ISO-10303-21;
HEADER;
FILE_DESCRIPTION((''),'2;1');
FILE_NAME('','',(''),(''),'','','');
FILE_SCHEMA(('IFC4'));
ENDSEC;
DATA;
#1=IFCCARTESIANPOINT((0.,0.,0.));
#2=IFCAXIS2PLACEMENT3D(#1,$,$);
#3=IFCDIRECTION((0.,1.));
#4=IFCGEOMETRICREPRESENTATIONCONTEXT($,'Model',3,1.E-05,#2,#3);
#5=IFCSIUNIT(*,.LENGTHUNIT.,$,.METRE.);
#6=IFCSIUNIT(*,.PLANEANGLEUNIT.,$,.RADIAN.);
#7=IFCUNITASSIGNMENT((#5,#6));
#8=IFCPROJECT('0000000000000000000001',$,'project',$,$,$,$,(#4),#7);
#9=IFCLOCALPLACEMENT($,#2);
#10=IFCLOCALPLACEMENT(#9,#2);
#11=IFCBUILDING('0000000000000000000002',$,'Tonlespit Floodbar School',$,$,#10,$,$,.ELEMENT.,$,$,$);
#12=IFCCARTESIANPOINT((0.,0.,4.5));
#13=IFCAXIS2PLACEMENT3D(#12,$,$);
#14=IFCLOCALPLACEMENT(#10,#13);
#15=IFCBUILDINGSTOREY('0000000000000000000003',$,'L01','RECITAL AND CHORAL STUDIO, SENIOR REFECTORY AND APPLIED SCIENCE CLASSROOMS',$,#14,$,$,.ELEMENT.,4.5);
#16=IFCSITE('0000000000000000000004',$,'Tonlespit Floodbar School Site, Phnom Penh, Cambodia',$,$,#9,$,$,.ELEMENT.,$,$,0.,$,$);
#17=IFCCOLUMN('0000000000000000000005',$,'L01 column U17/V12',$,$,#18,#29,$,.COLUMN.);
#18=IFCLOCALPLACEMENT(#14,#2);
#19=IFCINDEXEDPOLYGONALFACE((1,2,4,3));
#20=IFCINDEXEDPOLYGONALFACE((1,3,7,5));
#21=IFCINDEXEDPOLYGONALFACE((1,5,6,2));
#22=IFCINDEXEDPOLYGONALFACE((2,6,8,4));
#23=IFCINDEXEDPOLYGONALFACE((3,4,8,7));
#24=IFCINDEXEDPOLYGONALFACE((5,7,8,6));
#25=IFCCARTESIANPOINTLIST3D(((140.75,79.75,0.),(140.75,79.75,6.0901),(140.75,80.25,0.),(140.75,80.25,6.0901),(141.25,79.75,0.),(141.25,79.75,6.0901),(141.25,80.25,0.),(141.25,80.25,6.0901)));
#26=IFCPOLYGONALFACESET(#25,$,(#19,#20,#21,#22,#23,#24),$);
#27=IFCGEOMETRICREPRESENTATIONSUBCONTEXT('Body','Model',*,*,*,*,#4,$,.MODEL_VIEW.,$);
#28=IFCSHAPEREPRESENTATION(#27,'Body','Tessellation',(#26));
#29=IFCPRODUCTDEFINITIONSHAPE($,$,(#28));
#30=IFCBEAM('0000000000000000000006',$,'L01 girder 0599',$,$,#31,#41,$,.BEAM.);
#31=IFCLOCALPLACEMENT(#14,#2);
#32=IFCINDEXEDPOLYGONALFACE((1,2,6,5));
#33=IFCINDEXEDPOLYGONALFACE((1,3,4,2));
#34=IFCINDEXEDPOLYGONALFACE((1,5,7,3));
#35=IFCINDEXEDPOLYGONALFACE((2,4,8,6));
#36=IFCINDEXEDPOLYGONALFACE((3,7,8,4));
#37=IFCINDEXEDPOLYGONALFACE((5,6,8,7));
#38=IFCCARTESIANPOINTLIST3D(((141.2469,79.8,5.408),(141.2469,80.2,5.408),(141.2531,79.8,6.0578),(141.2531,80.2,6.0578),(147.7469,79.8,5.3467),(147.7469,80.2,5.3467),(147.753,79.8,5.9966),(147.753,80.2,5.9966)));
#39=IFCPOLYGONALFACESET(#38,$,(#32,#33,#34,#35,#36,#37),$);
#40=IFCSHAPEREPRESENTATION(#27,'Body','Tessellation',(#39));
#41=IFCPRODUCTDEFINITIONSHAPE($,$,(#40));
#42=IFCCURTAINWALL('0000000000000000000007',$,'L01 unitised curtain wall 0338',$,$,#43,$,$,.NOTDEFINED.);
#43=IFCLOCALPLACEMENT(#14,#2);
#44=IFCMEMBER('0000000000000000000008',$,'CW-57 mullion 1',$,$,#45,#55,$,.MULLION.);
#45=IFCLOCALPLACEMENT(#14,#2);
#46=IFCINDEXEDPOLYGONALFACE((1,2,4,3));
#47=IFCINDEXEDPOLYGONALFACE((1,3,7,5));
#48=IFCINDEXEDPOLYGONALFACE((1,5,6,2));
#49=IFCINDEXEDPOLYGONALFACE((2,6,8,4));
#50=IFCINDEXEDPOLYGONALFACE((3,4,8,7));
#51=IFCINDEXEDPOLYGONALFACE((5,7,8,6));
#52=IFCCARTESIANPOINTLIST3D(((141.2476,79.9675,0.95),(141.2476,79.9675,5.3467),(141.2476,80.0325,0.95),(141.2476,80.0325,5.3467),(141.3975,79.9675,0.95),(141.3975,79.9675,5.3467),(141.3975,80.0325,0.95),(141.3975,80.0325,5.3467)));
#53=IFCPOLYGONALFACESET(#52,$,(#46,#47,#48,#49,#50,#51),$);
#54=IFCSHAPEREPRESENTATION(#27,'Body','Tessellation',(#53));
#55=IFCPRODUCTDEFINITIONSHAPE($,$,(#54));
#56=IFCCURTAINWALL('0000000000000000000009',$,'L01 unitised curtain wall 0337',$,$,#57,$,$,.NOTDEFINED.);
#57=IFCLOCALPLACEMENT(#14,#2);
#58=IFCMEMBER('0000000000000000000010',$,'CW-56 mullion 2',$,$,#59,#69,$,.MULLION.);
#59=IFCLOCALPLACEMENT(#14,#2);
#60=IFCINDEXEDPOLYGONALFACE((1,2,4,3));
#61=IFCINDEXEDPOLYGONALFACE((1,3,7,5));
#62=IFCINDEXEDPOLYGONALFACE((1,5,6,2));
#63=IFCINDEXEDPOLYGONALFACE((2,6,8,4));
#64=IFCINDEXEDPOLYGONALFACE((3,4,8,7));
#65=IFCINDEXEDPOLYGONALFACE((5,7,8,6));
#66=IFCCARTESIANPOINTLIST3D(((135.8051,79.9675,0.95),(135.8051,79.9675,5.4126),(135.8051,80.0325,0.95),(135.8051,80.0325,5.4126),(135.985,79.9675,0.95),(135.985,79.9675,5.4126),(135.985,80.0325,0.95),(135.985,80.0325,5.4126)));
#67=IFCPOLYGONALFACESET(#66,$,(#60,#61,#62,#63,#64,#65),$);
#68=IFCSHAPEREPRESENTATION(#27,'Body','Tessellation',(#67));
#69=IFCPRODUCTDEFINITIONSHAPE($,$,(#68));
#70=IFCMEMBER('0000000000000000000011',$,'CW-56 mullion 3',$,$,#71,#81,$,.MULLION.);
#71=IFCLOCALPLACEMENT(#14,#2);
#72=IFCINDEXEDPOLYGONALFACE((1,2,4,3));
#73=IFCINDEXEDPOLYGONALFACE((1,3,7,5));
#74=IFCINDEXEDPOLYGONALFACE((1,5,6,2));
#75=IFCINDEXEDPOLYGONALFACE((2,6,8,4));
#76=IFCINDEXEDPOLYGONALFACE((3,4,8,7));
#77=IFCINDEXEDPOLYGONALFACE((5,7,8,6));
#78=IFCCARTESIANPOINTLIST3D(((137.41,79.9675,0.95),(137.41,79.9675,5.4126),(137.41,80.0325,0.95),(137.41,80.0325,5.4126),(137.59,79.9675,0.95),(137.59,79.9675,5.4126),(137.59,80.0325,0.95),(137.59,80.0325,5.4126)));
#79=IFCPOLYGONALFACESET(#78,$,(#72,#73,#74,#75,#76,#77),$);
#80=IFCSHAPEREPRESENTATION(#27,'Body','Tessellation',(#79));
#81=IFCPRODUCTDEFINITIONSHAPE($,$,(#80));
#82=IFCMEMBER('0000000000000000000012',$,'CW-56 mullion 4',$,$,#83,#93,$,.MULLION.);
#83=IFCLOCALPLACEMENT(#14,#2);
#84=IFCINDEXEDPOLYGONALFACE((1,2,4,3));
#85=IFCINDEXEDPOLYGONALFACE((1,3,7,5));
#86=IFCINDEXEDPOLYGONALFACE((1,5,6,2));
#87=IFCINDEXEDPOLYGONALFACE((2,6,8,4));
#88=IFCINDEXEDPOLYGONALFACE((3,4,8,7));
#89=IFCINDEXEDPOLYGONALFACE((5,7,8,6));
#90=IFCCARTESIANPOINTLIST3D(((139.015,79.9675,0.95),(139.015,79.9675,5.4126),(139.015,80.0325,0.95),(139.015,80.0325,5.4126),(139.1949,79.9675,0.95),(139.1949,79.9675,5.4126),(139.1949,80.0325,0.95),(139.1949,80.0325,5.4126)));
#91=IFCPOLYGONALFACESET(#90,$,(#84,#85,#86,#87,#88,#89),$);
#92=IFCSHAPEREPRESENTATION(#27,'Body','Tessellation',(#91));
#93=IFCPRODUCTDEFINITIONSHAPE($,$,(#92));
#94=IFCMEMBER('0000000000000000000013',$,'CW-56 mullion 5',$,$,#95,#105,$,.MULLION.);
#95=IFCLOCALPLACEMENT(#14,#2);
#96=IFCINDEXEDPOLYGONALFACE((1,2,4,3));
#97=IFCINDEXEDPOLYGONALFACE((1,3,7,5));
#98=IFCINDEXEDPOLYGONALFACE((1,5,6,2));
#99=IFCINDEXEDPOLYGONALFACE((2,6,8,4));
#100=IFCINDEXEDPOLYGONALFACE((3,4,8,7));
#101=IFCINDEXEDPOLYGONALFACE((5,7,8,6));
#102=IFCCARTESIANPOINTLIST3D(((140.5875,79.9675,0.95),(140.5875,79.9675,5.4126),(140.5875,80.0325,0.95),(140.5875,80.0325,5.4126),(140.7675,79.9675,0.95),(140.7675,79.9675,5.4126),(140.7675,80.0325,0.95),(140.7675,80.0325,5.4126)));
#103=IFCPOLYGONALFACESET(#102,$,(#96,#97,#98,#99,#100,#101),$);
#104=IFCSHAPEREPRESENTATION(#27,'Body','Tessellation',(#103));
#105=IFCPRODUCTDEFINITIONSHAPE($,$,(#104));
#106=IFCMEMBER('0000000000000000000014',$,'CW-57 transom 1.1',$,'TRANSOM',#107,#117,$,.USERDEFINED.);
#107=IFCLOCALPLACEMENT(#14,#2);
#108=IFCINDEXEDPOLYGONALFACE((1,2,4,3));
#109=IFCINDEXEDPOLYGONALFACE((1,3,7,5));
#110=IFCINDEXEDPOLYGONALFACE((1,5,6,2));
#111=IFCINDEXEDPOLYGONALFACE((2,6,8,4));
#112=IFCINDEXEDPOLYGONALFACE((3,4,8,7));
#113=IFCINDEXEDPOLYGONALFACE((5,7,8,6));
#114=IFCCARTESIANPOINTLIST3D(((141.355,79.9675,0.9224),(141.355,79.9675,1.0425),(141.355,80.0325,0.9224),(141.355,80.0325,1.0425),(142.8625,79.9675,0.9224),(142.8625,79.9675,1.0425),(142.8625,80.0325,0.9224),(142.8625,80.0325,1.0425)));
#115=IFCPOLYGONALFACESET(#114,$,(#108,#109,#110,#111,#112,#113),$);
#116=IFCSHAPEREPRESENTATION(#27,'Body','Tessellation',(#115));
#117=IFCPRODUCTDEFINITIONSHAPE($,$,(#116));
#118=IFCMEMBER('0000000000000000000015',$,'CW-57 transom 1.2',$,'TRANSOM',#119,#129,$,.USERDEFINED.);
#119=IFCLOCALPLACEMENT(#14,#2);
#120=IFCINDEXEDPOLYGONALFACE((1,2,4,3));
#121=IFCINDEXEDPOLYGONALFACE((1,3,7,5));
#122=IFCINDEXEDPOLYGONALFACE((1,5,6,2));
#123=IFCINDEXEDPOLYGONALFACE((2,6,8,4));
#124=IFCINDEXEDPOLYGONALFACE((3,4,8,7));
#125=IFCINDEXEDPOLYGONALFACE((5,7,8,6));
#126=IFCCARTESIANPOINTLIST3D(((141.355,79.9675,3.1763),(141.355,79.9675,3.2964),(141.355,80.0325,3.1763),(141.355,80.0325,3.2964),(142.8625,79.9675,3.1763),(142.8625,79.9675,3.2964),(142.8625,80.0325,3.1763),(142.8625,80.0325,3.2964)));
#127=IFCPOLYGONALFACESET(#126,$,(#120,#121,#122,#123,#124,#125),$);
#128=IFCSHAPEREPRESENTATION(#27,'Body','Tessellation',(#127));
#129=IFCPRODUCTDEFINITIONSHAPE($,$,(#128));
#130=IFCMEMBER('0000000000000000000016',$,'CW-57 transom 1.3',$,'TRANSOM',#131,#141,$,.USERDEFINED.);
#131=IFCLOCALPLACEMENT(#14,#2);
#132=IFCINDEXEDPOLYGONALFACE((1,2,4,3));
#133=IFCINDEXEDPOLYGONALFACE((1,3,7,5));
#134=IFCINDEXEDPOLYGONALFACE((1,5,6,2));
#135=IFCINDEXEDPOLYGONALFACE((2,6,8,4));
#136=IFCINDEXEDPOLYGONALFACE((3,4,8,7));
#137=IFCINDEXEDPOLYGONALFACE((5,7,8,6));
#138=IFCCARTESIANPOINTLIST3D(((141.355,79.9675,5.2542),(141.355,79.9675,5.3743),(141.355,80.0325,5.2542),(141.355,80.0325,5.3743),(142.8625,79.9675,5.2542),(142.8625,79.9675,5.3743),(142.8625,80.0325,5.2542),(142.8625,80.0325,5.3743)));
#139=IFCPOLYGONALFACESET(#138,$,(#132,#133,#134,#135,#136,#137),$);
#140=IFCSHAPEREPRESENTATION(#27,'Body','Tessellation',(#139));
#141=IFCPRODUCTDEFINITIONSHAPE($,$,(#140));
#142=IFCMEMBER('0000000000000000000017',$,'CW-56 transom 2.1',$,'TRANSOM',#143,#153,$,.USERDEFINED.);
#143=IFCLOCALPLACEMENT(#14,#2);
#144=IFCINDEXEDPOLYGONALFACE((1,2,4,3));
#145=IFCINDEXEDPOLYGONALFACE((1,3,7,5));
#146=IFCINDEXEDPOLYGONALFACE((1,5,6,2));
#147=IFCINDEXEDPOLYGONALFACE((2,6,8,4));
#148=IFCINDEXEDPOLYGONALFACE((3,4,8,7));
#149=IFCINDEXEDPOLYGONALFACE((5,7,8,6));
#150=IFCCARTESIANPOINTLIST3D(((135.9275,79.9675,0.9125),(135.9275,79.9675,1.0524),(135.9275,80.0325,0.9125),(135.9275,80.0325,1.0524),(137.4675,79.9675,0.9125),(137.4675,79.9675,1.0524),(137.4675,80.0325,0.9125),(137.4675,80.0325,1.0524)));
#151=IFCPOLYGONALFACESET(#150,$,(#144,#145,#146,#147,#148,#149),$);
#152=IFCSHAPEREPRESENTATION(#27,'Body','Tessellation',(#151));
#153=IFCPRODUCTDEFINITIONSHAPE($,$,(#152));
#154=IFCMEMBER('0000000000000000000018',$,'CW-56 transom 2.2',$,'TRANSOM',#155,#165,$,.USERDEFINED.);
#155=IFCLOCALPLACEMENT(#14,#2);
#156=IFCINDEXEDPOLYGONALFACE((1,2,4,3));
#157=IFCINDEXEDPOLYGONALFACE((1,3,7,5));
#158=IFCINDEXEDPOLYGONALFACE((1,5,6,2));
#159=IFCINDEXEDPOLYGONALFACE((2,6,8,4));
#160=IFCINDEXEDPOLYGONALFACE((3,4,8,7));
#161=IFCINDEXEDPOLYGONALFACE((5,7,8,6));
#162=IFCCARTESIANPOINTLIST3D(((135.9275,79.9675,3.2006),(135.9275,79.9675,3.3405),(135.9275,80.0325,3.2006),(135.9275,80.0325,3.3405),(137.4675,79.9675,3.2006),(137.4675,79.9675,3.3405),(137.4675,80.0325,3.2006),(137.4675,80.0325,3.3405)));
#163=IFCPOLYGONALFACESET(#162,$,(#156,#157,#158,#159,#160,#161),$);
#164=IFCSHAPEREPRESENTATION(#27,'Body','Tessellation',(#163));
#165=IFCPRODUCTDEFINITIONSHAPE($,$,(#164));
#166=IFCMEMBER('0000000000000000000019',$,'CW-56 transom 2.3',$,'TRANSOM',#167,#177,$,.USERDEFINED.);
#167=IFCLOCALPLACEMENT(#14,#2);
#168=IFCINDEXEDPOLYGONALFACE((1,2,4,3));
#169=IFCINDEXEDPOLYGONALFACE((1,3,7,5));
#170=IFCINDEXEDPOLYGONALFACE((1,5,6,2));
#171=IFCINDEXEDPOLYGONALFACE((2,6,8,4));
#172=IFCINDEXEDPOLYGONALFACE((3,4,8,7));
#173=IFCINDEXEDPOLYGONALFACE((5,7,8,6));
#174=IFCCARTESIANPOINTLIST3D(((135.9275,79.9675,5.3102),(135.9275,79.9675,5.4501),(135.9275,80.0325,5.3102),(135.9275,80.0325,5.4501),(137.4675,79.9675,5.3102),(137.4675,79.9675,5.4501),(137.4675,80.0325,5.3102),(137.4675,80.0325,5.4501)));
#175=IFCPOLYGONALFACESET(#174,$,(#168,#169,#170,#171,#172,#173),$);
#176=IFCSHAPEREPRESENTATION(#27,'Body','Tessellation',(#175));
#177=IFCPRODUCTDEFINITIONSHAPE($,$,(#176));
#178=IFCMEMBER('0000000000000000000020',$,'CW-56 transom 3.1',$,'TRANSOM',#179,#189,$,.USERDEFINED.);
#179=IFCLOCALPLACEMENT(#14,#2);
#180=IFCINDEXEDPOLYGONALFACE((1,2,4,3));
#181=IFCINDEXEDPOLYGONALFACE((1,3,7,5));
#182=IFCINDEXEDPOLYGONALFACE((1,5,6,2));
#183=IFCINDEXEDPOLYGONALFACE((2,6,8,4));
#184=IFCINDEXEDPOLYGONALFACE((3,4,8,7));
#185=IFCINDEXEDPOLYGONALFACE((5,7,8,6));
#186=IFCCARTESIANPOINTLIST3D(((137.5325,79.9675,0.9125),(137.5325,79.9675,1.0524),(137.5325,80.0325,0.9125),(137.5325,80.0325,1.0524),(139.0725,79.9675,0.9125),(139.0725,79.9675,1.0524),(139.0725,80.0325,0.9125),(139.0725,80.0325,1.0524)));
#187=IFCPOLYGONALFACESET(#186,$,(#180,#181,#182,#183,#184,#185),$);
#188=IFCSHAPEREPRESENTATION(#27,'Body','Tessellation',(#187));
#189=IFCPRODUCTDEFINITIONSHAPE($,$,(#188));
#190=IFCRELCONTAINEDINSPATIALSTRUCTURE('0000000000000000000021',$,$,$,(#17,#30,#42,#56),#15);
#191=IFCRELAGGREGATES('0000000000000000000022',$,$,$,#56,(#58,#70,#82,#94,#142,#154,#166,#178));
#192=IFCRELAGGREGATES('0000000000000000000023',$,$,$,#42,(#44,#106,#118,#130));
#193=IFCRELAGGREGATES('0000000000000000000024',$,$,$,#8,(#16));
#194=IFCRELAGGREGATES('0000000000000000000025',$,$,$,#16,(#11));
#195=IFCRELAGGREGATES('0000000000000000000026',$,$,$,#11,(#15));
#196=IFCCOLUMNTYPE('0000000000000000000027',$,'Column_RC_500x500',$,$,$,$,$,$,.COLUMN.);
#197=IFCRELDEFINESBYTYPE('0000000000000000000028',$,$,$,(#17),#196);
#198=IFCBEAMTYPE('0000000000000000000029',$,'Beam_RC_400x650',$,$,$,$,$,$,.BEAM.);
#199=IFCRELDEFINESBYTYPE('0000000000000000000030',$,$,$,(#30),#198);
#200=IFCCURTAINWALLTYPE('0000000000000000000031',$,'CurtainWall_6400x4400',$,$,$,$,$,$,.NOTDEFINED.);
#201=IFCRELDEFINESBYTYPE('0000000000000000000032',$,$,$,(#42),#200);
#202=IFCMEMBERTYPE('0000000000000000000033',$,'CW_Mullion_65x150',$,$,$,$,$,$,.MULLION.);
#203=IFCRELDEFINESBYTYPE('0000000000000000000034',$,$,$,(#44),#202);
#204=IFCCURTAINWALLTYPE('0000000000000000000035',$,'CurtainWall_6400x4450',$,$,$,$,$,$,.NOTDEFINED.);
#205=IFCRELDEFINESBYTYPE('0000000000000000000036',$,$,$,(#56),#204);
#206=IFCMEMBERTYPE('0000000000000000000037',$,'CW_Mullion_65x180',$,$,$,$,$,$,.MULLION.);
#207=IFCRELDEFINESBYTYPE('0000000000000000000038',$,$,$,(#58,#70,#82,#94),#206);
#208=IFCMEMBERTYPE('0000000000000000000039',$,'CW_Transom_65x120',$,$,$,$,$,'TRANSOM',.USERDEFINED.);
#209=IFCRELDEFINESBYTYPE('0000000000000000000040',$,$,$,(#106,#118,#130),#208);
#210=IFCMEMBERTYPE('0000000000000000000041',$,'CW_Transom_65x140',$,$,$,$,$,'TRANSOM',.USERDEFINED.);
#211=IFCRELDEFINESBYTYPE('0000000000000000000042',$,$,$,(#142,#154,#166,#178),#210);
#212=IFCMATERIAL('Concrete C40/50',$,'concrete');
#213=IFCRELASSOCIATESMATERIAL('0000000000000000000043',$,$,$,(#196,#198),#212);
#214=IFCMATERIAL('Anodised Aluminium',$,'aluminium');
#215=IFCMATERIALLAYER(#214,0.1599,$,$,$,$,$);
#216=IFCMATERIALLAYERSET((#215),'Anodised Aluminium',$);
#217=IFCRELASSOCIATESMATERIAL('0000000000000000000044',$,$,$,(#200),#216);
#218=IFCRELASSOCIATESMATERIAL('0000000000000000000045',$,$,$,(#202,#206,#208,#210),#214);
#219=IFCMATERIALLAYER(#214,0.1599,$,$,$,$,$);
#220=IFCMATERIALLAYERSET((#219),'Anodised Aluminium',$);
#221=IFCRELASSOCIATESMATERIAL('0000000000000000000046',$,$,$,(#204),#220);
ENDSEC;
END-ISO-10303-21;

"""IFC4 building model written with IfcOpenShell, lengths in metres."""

from ifc_helpers import new_model, si_unit, direction, frame, origin, origin_2d, place, context, subcontext, project, spatial, rectangle, extrude, material, layer, layer_set, material_profile, profile_set, type_object, element, aggregate, save


model = new_model("IFC4")

# Units and contexts
model_context = context("Model", 3, precision=1e-05, world=origin(), true_north=direction((0.0, 1.0)))
body_context = subcontext(model_context, "Body", "Model", "MODEL_VIEW")
ifc_project = project(units=[si_unit("LENGTHUNIT", "METRE"), si_unit("PLANEANGLEUNIT", "RADIAN")], contexts=[model_context])

# Site, building, storey
site_placement = place(None, origin())
site = spatial("IfcSite", under=ifc_project, at=site_placement, Name="Tonlespit Floodbar School Site, Phnom Penh, Cambodia", CompositionType="ELEMENT", RefElevation=0.0)
building_placement = place(site_placement, origin())
building = spatial("IfcBuilding", under=site, at=building_placement, Name="Tonlespit Floodbar School", CompositionType="ELEMENT")
storey_placement = place(building_placement, frame((0.0, 0.0, 4.5)))
storey = spatial("IfcBuildingStorey", under=building, at=storey_placement, Name="L01", Description="RECITAL AND CHORAL STUDIO, SENIOR REFECTORY AND APPLIED SCIENCE CLASSROOMS", CompositionType="ELEMENT", Elevation=4.5)

# Column
ifc_material_1 = material(Name="Concrete C40/50", Category="concrete")
ifc_material_profile_1 = material_profile(ifc_material_1, rectangle(XDim=0.5, YDim=0.5, at=origin_2d()), Name="RC 500x500")
ifc_profile_set_1 = profile_set([ifc_material_profile_1], Name="Concrete C40/50")
column_type = type_object("IfcColumnType", Name="Column_RC_500x500", PredefinedType="COLUMN", material=ifc_profile_set_1)
column_placement = place(storey_placement, frame((141.0, 80.0, 0.0), z_axis=(0.0, 0.0, 1.0), x_axis=(1.0, 0.0, 0.0)))
element("IfcColumn", 1, at=column_placement, inside=storey, type_object=column_type, Name="L01 column U17/V12", PredefinedType="COLUMN", context=body_context, shape_type="SweptSolid", body=[
    extrude(rectangle(XDim=0.5, YDim=0.5, at=origin_2d()), origin(), (0.0, 0.0, 1.0), 6.0901),
])

# Beam
ifc_material_profile_2 = material_profile(ifc_material_1, rectangle(XDim=0.3999, YDim=0.6499, at=origin_2d()), Name="RC 400x650")
ifc_profile_set_2 = profile_set([ifc_material_profile_2], Name="Concrete C40/50")
beam_type = type_object("IfcBeamType", Name="Beam_RC_400x650", PredefinedType="BEAM", material=ifc_profile_set_2)
beam_placement = place(storey_placement, frame((141.25, 80.0, 5.7329), z_axis=(0.999956, 0.0, -0.009427), x_axis=(0.0, 1.0, 0.0)))
element("IfcBeam", 2, at=beam_placement, inside=storey, type_object=beam_type, Name="L01 girder 0599", PredefinedType="BEAM", context=body_context, shape_type="SweptSolid", body=[
    extrude(rectangle(XDim=0.3999, YDim=0.6499, at=origin_2d()), origin(), (0.0, 0.0, 1.0), 6.5002),
])

# Curtain wall, member
ifc_material_2 = material(Name="Anodised Aluminium", Category="aluminium")
ifc_layer_1 = layer(ifc_material_2, 0.1599)
ifc_layer_set_1 = layer_set([ifc_layer_1], Name="Anodised Aluminium")
curtain_wall_type_1 = type_object("IfcCurtainWallType", Name="CurtainWall_6400x4400", PredefinedType="NOTDEFINED", material=ifc_layer_set_1)
curtain_wall_1_placement = place(storey_placement, origin())
curtain_wall_1 = element("IfcCurtainWall", 3, at=curtain_wall_1_placement, inside=storey, type_object=curtain_wall_type_1, Name="L01 unitised curtain wall 0338", PredefinedType="NOTDEFINED")
ifc_material_profile_3 = material_profile(ifc_material_2, rectangle(XDim=0.0649, YDim=0.1499, at=origin_2d()), Name="ALU M65x150")
ifc_profile_set_3 = profile_set([ifc_material_profile_3], Name="Anodised Aluminium")
member_type_1 = type_object("IfcMemberType", Name="CW_Mullion_65x150", PredefinedType="MULLION", material=ifc_profile_set_3)
member_1_placement = place(storey_placement, frame((141.3225, 80.0, 0.95), z_axis=(0.0, 0.0, 1.0), x_axis=(0.0, 1.0, 0.0)))
member_1 = element("IfcMember", 4, at=member_1_placement, type_object=member_type_1, Name="CW-57 mullion 1", PredefinedType="MULLION", context=body_context, shape_type="SweptSolid", body=[
    extrude(rectangle(XDim=0.0649, YDim=0.1499, at=origin_2d()), origin(), (0.0, 0.0, 1.0), 4.3967),
])

# Curtain wall, members
ifc_layer_2 = layer(ifc_material_2, 0.1599)
ifc_layer_set_2 = layer_set([ifc_layer_2], Name="Anodised Aluminium")
curtain_wall_type_2 = type_object("IfcCurtainWallType", Name="CurtainWall_6400x4450", PredefinedType="NOTDEFINED", material=ifc_layer_set_2)
curtain_wall_2_placement = place(storey_placement, origin())
curtain_wall_2 = element("IfcCurtainWall", 5, at=curtain_wall_2_placement, inside=storey, type_object=curtain_wall_type_2, Name="L01 unitised curtain wall 0337", PredefinedType="NOTDEFINED")
ifc_material_profile_4 = material_profile(ifc_material_2, rectangle(XDim=0.0649, YDim=0.1799, at=origin_2d()), Name="ALU M65x180")
ifc_profile_set_4 = profile_set([ifc_material_profile_4], Name="Anodised Aluminium")
member_type_2 = type_object("IfcMemberType", Name="CW_Mullion_65x180", PredefinedType="MULLION", material=ifc_profile_set_4)
member_2_placement = place(storey_placement, frame((135.895, 80.0, 0.95), z_axis=(0.0, 0.0, 1.0), x_axis=(0.0, 1.0, 0.0)))
member_2 = element("IfcMember", 6, at=member_2_placement, type_object=member_type_2, Name="CW-56 mullion 2", PredefinedType="MULLION", context=body_context, shape_type="SweptSolid", body=[
    extrude(rectangle(XDim=0.0649, YDim=0.1799, at=origin_2d()), origin(), (0.0, 0.0, 1.0), 4.4626),
])
member_3_placement = place(storey_placement, frame((137.5, 80.0, 0.95), z_axis=(0.0, 0.0, 1.0), x_axis=(0.0, 1.0, 0.0)))
member_3 = element("IfcMember", 7, at=member_3_placement, type_object=member_type_2, Name="CW-56 mullion 3", PredefinedType="MULLION", context=body_context, shape_type="SweptSolid", body=[
    extrude(rectangle(XDim=0.0649, YDim=0.1799, at=origin_2d()), origin(), (0.0, 0.0, 1.0), 4.4626),
])
member_4_placement = place(storey_placement, frame((139.105, 80.0, 0.95), z_axis=(0.0, 0.0, 1.0), x_axis=(0.0, 1.0, 0.0)))
member_4 = element("IfcMember", 8, at=member_4_placement, type_object=member_type_2, Name="CW-56 mullion 4", PredefinedType="MULLION", context=body_context, shape_type="SweptSolid", body=[
    extrude(rectangle(XDim=0.0649, YDim=0.1799, at=origin_2d()), origin(), (0.0, 0.0, 1.0), 4.4626),
])
member_5_placement = place(storey_placement, frame((140.6775, 80.0, 0.95), z_axis=(0.0, 0.0, 1.0), x_axis=(0.0, 1.0, 0.0)))
member_5 = element("IfcMember", 9, at=member_5_placement, type_object=member_type_2, Name="CW-56 mullion 5", PredefinedType="MULLION", context=body_context, shape_type="SweptSolid", body=[
    extrude(rectangle(XDim=0.0649, YDim=0.1799, at=origin_2d()), origin(), (0.0, 0.0, 1.0), 4.4626),
])

# Members
ifc_material_profile_5 = material_profile(ifc_material_2, rectangle(XDim=0.0649, YDim=0.1201, at=origin_2d()), Name="ALU T65x120")
ifc_profile_set_5 = profile_set([ifc_material_profile_5], Name="Anodised Aluminium")
member_type_3 = type_object("IfcMemberType", Name="CW_Transom_65x120", ElementType="TRANSOM", PredefinedType="USERDEFINED", material=ifc_profile_set_5)
member_6_placement = place(storey_placement, frame((141.355, 80.0, 0.9824), z_axis=(1.0, 0.0, 0.0), x_axis=(0.0, 1.0, 0.0)))
member_6 = element("IfcMember", 10, at=member_6_placement, type_object=member_type_3, Name="CW-57 transom 1.1", ObjectType="TRANSOM", PredefinedType="USERDEFINED", context=body_context, shape_type="SweptSolid", body=[
    extrude(rectangle(XDim=0.0649, YDim=0.1201, at=origin_2d()), origin(), (0.0, 0.0, 1.0), 1.5076),
])
member_7_placement = place(storey_placement, frame((141.355, 80.0, 3.2363), z_axis=(1.0, 0.0, 0.0), x_axis=(0.0, 1.0, 0.0)))
member_7 = element("IfcMember", 11, at=member_7_placement, type_object=member_type_3, Name="CW-57 transom 1.2", ObjectType="TRANSOM", PredefinedType="USERDEFINED", context=body_context, shape_type="SweptSolid", body=[
    extrude(rectangle(XDim=0.0649, YDim=0.1201, at=origin_2d()), origin(), (0.0, 0.0, 1.0), 1.5076),
])
member_8_placement = place(storey_placement, frame((141.355, 80.0, 5.3142), z_axis=(1.0, 0.0, 0.0), x_axis=(0.0, 1.0, 0.0)))
member_8 = element("IfcMember", 12, at=member_8_placement, type_object=member_type_3, Name="CW-57 transom 1.3", ObjectType="TRANSOM", PredefinedType="USERDEFINED", context=body_context, shape_type="SweptSolid", body=[
    extrude(rectangle(XDim=0.0649, YDim=0.1201, at=origin_2d()), origin(), (0.0, 0.0, 1.0), 1.5076),
])
ifc_material_profile_6 = material_profile(ifc_material_2, rectangle(XDim=0.0649, YDim=0.1399, at=origin_2d()), Name="ALU T65x140")
ifc_profile_set_6 = profile_set([ifc_material_profile_6], Name="Anodised Aluminium")
member_type_4 = type_object("IfcMemberType", Name="CW_Transom_65x140", ElementType="TRANSOM", PredefinedType="USERDEFINED", material=ifc_profile_set_6)
member_9_placement = place(storey_placement, frame((135.9275, 80.0, 0.9824), z_axis=(1.0, 0.0, 0.0), x_axis=(0.0, 1.0, 0.0)))
member_9 = element("IfcMember", 13, at=member_9_placement, type_object=member_type_4, Name="CW-56 transom 2.1", ObjectType="TRANSOM", PredefinedType="USERDEFINED", context=body_context, shape_type="SweptSolid", body=[
    extrude(rectangle(XDim=0.0649, YDim=0.1399, at=origin_2d()), origin(), (0.0, 0.0, 1.0), 1.54),
])
member_10_placement = place(storey_placement, frame((135.9275, 80.0, 3.2705), z_axis=(1.0, 0.0, 0.0), x_axis=(0.0, 1.0, 0.0)))
member_10 = element("IfcMember", 14, at=member_10_placement, type_object=member_type_4, Name="CW-56 transom 2.2", ObjectType="TRANSOM", PredefinedType="USERDEFINED", context=body_context, shape_type="SweptSolid", body=[
    extrude(rectangle(XDim=0.0649, YDim=0.1399, at=origin_2d()), origin(), (0.0, 0.0, 1.0), 1.54),
])
member_11_placement = place(storey_placement, frame((135.9275, 80.0, 5.3801), z_axis=(1.0, 0.0, 0.0), x_axis=(0.0, 1.0, 0.0)))
member_11 = element("IfcMember", 15, at=member_11_placement, type_object=member_type_4, Name="CW-56 transom 2.3", ObjectType="TRANSOM", PredefinedType="USERDEFINED", context=body_context, shape_type="SweptSolid", body=[
    extrude(rectangle(XDim=0.0649, YDim=0.1399, at=origin_2d()), origin(), (0.0, 0.0, 1.0), 1.54),
])
member_12_placement = place(storey_placement, frame((137.5325, 80.0, 0.9824), z_axis=(1.0, 0.0, 0.0), x_axis=(0.0, 1.0, 0.0)))
member_12 = element("IfcMember", 16, at=member_12_placement, type_object=member_type_4, Name="CW-56 transom 3.1", ObjectType="TRANSOM", PredefinedType="USERDEFINED", context=body_context, shape_type="SweptSolid", body=[
    extrude(rectangle(XDim=0.0649, YDim=0.1399, at=origin_2d()), origin(), (0.0, 0.0, 1.0), 1.54),
])

aggregate(curtain_wall_2, [member_2, member_3, member_4, member_5, member_9, member_10, member_11, member_12])
aggregate(curtain_wall_1, [member_1, member_6, member_7, member_8])

save(model, "model.ifc")
